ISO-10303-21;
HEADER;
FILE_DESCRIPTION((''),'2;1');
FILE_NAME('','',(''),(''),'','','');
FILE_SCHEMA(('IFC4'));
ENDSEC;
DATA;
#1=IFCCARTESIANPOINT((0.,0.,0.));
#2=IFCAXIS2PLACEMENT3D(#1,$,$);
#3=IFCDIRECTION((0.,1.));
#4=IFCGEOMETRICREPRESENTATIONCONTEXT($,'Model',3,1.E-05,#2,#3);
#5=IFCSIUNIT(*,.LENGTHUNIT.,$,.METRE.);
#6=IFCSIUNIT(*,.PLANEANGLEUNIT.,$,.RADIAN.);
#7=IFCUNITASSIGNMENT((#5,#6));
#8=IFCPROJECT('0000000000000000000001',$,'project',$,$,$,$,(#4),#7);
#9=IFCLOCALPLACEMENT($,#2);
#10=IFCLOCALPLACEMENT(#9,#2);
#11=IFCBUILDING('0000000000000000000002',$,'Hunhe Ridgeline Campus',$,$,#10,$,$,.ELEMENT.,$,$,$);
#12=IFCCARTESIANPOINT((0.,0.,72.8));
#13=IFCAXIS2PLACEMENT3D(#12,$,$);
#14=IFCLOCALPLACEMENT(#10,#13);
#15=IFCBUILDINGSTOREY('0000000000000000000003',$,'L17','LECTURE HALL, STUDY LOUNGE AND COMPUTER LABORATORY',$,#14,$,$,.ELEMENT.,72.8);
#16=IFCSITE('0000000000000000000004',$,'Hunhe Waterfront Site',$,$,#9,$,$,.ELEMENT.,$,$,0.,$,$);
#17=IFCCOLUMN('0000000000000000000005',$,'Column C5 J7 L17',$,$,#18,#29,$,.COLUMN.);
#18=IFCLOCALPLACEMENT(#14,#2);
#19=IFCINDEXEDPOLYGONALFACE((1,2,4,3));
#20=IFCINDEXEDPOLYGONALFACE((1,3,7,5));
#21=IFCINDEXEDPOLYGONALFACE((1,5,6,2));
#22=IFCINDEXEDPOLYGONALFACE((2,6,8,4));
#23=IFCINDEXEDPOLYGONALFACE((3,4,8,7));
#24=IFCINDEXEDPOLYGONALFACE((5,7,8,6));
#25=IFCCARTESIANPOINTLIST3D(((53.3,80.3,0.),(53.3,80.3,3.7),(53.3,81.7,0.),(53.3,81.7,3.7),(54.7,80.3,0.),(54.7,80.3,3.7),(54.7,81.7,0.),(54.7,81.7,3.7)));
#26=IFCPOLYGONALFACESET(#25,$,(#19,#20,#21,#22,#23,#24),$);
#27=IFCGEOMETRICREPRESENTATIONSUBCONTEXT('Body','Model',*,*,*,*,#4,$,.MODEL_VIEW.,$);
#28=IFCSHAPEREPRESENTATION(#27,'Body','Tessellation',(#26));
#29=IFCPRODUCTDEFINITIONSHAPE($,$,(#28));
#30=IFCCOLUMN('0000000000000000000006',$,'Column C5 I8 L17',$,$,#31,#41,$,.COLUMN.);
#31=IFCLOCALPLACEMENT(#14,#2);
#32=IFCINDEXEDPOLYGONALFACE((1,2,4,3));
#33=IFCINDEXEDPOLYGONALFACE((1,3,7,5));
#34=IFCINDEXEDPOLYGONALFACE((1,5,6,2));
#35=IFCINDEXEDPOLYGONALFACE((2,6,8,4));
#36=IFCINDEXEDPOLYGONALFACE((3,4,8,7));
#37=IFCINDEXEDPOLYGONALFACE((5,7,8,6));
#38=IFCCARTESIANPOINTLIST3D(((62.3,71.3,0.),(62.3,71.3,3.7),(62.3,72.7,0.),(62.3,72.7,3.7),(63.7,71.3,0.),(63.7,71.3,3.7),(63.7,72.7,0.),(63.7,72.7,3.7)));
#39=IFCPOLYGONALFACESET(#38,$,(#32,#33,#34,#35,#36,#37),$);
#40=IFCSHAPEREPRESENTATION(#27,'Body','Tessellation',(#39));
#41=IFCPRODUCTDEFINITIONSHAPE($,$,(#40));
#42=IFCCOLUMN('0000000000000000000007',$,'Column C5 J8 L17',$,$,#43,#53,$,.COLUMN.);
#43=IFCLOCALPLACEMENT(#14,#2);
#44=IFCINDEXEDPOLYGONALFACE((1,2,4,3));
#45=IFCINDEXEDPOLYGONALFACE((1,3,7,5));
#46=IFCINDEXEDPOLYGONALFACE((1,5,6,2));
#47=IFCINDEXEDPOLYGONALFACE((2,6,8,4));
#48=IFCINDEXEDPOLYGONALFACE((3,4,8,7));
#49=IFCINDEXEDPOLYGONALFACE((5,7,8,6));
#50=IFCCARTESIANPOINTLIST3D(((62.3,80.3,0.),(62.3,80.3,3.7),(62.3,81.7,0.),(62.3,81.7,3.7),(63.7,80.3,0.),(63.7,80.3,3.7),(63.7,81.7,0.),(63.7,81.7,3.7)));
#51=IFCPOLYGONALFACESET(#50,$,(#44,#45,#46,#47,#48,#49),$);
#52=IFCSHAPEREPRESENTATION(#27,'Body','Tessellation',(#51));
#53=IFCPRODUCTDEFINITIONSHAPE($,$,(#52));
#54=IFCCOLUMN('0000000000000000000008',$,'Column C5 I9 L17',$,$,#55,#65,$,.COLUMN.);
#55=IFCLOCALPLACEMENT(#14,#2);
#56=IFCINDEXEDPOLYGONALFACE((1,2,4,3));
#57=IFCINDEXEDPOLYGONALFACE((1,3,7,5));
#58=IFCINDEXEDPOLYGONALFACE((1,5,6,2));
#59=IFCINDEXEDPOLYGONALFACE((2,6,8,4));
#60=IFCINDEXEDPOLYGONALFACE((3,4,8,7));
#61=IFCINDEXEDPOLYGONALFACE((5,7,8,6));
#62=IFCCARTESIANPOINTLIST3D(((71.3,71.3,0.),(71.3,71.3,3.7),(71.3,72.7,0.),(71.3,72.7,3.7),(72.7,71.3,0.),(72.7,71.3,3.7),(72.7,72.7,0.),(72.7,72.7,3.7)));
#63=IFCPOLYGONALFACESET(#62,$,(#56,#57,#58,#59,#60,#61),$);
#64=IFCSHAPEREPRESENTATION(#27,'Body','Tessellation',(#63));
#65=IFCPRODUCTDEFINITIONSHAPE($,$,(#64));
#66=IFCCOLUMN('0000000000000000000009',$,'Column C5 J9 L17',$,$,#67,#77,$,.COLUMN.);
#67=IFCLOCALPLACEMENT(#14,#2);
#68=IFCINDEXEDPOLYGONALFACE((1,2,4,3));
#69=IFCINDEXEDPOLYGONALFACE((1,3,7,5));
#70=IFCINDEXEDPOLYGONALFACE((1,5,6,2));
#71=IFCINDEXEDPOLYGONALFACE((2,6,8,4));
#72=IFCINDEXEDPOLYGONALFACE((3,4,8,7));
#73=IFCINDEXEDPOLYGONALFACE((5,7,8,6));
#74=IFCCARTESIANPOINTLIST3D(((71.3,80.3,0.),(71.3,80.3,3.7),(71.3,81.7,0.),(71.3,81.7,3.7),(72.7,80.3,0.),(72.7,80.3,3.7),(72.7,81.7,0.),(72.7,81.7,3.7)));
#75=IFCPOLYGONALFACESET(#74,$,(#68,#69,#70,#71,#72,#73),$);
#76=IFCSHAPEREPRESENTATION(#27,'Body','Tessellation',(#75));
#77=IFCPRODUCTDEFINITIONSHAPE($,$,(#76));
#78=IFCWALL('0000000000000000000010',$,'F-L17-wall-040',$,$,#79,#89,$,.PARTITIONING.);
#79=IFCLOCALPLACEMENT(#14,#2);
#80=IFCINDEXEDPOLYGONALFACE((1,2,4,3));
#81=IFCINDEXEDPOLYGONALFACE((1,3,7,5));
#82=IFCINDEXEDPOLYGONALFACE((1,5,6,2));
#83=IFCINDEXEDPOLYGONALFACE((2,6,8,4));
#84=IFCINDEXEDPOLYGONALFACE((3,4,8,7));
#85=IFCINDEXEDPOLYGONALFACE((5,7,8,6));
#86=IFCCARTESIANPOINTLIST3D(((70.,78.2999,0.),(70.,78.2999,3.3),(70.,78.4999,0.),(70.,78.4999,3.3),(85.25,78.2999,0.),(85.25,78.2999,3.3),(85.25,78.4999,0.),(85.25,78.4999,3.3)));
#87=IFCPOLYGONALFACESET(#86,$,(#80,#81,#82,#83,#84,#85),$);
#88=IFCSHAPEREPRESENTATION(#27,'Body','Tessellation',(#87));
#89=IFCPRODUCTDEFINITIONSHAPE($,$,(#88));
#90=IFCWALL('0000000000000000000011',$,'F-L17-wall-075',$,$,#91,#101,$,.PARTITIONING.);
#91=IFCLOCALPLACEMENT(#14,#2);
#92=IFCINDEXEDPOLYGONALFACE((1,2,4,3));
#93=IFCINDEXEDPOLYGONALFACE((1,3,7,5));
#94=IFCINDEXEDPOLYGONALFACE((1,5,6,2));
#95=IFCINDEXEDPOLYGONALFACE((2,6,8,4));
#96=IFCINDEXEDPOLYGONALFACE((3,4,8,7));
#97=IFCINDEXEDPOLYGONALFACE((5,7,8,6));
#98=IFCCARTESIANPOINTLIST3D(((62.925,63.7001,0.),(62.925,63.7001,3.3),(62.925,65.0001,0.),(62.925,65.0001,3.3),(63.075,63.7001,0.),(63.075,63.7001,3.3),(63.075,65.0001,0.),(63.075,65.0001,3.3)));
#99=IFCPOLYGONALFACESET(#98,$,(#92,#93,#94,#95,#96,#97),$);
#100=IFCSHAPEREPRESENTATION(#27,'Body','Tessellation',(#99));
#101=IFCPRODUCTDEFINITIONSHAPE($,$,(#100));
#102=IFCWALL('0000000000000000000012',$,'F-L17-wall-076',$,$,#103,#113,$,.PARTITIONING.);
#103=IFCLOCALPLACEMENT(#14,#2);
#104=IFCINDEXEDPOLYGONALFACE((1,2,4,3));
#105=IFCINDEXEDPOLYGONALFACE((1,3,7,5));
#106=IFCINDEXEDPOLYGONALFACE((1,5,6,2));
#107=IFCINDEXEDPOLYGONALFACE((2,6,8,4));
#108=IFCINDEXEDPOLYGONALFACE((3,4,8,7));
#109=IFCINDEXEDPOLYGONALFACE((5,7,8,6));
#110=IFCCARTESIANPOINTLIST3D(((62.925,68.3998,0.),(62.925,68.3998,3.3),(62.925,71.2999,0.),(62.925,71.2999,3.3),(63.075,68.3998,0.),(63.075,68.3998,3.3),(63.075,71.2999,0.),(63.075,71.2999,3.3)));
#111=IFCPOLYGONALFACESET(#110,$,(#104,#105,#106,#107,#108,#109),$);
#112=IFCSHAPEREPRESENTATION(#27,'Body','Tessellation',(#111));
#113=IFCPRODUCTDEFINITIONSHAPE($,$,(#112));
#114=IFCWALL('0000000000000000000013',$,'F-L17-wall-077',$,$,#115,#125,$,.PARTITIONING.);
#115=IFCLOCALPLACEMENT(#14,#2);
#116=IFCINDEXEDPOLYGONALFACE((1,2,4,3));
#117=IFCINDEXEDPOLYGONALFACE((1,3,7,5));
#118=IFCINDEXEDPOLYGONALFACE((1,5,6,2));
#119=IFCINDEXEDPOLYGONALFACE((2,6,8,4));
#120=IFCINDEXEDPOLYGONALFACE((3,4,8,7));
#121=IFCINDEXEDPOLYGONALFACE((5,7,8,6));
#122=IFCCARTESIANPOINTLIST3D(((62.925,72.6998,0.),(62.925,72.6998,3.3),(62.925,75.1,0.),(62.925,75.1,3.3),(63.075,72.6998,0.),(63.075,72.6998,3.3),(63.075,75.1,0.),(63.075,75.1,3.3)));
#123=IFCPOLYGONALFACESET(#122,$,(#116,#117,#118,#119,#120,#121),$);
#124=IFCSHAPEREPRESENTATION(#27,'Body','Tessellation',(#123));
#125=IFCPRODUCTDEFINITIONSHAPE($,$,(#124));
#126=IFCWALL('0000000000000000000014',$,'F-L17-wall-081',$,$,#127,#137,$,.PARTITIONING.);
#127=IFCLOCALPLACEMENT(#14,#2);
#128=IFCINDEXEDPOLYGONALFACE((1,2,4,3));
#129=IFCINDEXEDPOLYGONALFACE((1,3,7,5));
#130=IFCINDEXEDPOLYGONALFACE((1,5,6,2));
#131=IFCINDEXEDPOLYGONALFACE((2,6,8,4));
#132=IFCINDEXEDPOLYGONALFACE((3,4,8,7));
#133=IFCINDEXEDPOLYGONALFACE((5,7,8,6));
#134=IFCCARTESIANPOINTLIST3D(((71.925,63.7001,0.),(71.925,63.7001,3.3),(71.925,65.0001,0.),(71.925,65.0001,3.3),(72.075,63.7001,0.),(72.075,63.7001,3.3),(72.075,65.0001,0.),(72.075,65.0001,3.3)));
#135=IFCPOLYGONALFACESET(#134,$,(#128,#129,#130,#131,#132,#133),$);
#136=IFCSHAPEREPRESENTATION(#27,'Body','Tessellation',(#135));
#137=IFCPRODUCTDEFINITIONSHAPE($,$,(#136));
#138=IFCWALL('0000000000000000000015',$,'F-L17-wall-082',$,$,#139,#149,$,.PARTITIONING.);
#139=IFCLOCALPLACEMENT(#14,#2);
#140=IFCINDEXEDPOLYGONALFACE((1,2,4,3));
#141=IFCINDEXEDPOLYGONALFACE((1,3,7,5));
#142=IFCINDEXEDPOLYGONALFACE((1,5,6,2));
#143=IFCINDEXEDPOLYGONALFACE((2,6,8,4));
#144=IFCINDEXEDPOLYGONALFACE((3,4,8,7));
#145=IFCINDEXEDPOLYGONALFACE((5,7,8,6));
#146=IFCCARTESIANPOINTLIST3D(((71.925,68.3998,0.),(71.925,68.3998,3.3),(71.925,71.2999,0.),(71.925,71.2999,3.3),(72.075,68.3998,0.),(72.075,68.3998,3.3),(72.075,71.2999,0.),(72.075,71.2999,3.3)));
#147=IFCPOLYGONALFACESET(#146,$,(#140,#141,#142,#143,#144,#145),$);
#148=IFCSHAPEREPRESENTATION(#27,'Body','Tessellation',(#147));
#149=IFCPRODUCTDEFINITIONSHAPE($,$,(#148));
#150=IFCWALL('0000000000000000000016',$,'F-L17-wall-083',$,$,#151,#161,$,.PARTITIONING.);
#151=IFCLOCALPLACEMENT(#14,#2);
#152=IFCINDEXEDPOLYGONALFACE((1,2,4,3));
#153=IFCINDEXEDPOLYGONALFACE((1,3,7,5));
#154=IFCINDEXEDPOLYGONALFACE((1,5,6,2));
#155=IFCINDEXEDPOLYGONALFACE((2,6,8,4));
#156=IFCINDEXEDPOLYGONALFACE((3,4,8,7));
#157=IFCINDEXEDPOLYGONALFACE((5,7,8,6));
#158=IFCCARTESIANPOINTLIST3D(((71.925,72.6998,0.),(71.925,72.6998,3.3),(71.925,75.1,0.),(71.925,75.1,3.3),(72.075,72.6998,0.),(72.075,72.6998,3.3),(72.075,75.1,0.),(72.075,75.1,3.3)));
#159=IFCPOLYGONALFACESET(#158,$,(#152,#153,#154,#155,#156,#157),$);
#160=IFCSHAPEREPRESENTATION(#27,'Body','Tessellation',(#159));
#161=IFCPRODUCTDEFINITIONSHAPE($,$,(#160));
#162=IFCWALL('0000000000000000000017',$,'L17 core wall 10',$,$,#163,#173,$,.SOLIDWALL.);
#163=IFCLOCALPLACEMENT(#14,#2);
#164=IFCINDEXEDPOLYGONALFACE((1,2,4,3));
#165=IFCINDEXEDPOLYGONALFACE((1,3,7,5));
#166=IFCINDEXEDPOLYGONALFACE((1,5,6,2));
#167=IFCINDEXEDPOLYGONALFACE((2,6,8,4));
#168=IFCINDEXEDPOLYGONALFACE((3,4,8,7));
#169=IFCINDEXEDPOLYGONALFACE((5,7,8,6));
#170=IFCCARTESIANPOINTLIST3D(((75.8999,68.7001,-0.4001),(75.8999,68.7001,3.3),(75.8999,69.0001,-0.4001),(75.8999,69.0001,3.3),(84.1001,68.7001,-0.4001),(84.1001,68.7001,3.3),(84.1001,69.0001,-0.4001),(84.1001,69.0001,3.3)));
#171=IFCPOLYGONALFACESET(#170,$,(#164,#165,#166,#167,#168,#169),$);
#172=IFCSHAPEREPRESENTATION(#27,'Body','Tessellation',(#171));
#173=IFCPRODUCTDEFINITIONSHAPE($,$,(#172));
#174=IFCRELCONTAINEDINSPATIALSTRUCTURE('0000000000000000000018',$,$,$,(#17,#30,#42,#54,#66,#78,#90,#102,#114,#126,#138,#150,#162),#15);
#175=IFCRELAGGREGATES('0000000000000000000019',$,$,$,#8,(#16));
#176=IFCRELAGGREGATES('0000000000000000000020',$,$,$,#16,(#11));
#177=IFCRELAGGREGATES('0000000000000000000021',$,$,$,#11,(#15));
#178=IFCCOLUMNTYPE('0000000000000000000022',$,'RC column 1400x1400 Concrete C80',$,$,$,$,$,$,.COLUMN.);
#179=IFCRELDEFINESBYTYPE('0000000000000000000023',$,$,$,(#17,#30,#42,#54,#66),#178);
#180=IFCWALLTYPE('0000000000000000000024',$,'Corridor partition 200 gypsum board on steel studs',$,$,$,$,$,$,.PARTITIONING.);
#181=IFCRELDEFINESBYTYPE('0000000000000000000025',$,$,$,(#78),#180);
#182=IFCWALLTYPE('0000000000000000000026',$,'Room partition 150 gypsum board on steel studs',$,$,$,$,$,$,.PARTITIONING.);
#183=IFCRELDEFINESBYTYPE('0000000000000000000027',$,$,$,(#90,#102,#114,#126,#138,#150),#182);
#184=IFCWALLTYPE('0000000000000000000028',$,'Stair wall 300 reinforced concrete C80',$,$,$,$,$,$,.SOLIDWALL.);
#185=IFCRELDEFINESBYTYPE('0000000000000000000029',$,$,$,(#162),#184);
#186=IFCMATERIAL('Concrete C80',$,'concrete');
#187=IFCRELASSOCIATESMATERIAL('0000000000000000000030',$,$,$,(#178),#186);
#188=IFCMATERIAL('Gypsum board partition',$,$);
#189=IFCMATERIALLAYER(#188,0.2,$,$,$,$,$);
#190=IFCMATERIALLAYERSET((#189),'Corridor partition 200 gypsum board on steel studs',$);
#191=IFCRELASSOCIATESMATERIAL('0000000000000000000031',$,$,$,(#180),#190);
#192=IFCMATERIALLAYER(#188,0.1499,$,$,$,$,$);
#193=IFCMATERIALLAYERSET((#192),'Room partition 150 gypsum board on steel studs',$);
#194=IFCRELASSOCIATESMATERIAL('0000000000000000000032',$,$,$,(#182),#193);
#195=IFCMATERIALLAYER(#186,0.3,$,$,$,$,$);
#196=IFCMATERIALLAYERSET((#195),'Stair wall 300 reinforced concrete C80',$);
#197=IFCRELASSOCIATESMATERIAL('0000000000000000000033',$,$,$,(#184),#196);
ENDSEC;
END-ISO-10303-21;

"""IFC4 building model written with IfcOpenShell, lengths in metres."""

from ifc_helpers import new_model, si_unit, direction, frame, frame_2d, origin, origin_2d, place, context, subcontext, project, spatial, rectangle, extrude, material, layer, layer_set, material_profile, profile_set, type_object, element, save


model = new_model("IFC4")

# Units and contexts
model_context = context("Model", 3, precision=1e-05, world=origin(), true_north=direction((0.0, 1.0)))
body_context = subcontext(model_context, "Body", "Model", "MODEL_VIEW")
ifc_project = project(units=[si_unit("LENGTHUNIT", "METRE"), si_unit("PLANEANGLEUNIT", "RADIAN")], contexts=[model_context])

# Site, building, storey
site_placement = place(None, origin())
site = spatial("IfcSite", under=ifc_project, at=site_placement, Name="Hunhe Waterfront Site", CompositionType="ELEMENT", RefElevation=0.0)
building_placement = place(site_placement, origin())
building = spatial("IfcBuilding", under=site, at=building_placement, Name="Hunhe Ridgeline Campus", CompositionType="ELEMENT")
storey_placement = place(building_placement, frame((0.0, 0.0, 72.8)))
storey = spatial("IfcBuildingStorey", under=building, at=storey_placement, Name="L17", Description="LECTURE HALL, STUDY LOUNGE AND COMPUTER LABORATORY", CompositionType="ELEMENT", Elevation=72.8)

# Columns
ifc_material_1 = material(Name="Concrete C80", Category="concrete")
ifc_material_profile = material_profile(ifc_material_1, rectangle(XDim=1.3999, YDim=1.3999, at=origin_2d()))
ifc_profile_set = profile_set([ifc_material_profile], Name="Concrete C80")
column_type = type_object("IfcColumnType", Name="RC column 1400x1400 Concrete C80", PredefinedType="COLUMN", material=ifc_profile_set)
for number, where, z_axis, x_axis, name in (
    (1, (54.0, 81.0, 0.0), (0.0, 0.0, 1.0), (1.0, 0.0, 0.0), "Column C5 J7 L17"),
    (2, (63.0, 72.0, 0.0), (0.0, 0.0, 1.0), (1.0, 0.0, 0.0), "Column C5 I8 L17"),
    (3, (63.0, 81.0, 0.0), (0.0, 0.0, 1.0), (1.0, 0.0, 0.0), "Column C5 J8 L17"),
    (4, (72.0, 72.0, 0.0), (0.0, 0.0, 1.0), (1.0, 0.0, 0.0), "Column C5 I9 L17"),
    (5, (72.0, 81.0, 0.0), (0.0, 0.0, 1.0), (1.0, 0.0, 0.0), "Column C5 J9 L17"),
):
    element("IfcColumn", number, at=place(storey_placement, frame(where, z_axis=z_axis, x_axis=x_axis)), inside=storey, type_object=column_type, Name=name, PredefinedType="COLUMN", context=body_context, shape_type="SweptSolid", body=[
        extrude(rectangle(XDim=1.3999, YDim=1.3999, at=origin_2d()), origin(), (0.0, 0.0, 1.0), 3.7),
    ])

# Shared definitions
ifc_material_2 = material(Name="Gypsum board partition")
ifc_layer_1 = layer(ifc_material_2, 0.2)
ifc_layer_set_1 = layer_set([ifc_layer_1], Name="Corridor partition 200 gypsum board on steel studs")
wall_type_1 = type_object("IfcWallType", Name="Corridor partition 200 gypsum board on steel studs", PredefinedType="PARTITIONING", material=ifc_layer_set_1)

# Wall
wall_1_placement = place(storey_placement, frame((70.0, 78.3999, 0.0), z_axis=(0.0, 0.0, 1.0), x_axis=(1.0, 0.0, 0.0)))
element("IfcWall", 6, at=wall_1_placement, inside=storey, type_object=wall_type_1, Name="F-L17-wall-040", PredefinedType="PARTITIONING", context=body_context, shape_type="SweptSolid", body=[
    extrude(rectangle(XDim=15.25, YDim=0.2, at=frame_2d((7.625, 0.0))), origin(), (0.0, 0.0, 1.0), 3.3),
])

# Walls
ifc_layer_2 = layer(ifc_material_2, 0.1499)
ifc_layer_set_2 = layer_set([ifc_layer_2], Name="Room partition 150 gypsum board on steel studs")
wall_type_2 = type_object("IfcWallType", Name="Room partition 150 gypsum board on steel studs", PredefinedType="PARTITIONING", material=ifc_layer_set_2)
wall_2_placement = place(storey_placement, frame((63.0, 65.0, 0.0), z_axis=(0.0, 0.0, 1.0), x_axis=(0.0, -1.0, 0.0)))
element("IfcWall", 7, at=wall_2_placement, inside=storey, type_object=wall_type_2, Name="F-L17-wall-075", PredefinedType="PARTITIONING", context=body_context, shape_type="SweptSolid", body=[
    extrude(rectangle(XDim=1.3, YDim=0.1499, at=frame_2d((0.6499, 0.0))), origin(), (0.0, 0.0, 1.0), 3.3),
])
wall_3_placement = place(storey_placement, frame((63.0, 71.3, 0.0), z_axis=(0.0, 0.0, 1.0), x_axis=(0.0, -1.0, 0.0)))
element("IfcWall", 8, at=wall_3_placement, inside=storey, type_object=wall_type_2, Name="F-L17-wall-076", PredefinedType="PARTITIONING", context=body_context, shape_type="SweptSolid", body=[
    extrude(rectangle(XDim=2.9001, YDim=0.1499, at=frame_2d((1.4502, 0.0))), origin(), (0.0, 0.0, 1.0), 3.3),
])
wall_4_placement = place(storey_placement, frame((63.0, 75.1001, 0.0), z_axis=(0.0, 0.0, 1.0), x_axis=(0.0, -1.0, 0.0)))
element("IfcWall", 9, at=wall_4_placement, inside=storey, type_object=wall_type_2, Name="F-L17-wall-077", PredefinedType="PARTITIONING", context=body_context, shape_type="SweptSolid", body=[
    extrude(rectangle(XDim=2.4001, YDim=0.1499, at=frame_2d((1.2002, 0.0))), origin(), (0.0, 0.0, 1.0), 3.3),
])
wall_5_placement = place(storey_placement, frame((72.0, 65.0, 0.0), z_axis=(0.0, 0.0, 1.0), x_axis=(0.0, -1.0, 0.0)))
element("IfcWall", 10, at=wall_5_placement, inside=storey, type_object=wall_type_2, Name="F-L17-wall-081", PredefinedType="PARTITIONING", context=body_context, shape_type="SweptSolid", body=[
    extrude(rectangle(XDim=1.3, YDim=0.1499, at=frame_2d((0.6499, 0.0))), origin(), (0.0, 0.0, 1.0), 3.3),
])
wall_6_placement = place(storey_placement, frame((72.0, 71.3, 0.0), z_axis=(0.0, 0.0, 1.0), x_axis=(0.0, -1.0, 0.0)))
element("IfcWall", 11, at=wall_6_placement, inside=storey, type_object=wall_type_2, Name="F-L17-wall-082", PredefinedType="PARTITIONING", context=body_context, shape_type="SweptSolid", body=[
    extrude(rectangle(XDim=2.9001, YDim=0.1499, at=frame_2d((1.4502, 0.0))), origin(), (0.0, 0.0, 1.0), 3.3),
])
wall_7_placement = place(storey_placement, frame((72.0, 75.1001, 0.0), z_axis=(0.0, 0.0, 1.0), x_axis=(0.0, -1.0, 0.0)))
element("IfcWall", 12, at=wall_7_placement, inside=storey, type_object=wall_type_2, Name="F-L17-wall-083", PredefinedType="PARTITIONING", context=body_context, shape_type="SweptSolid", body=[
    extrude(rectangle(XDim=2.4001, YDim=0.1499, at=frame_2d((1.2002, 0.0))), origin(), (0.0, 0.0, 1.0), 3.3),
])
ifc_layer_3 = layer(ifc_material_1, 0.3)
ifc_layer_set_3 = layer_set([ifc_layer_3], Name="Stair wall 300 reinforced concrete C80")
wall_type_3 = type_object("IfcWallType", Name="Stair wall 300 reinforced concrete C80", PredefinedType="SOLIDWALL", material=ifc_layer_set_3)
wall_8_placement = place(storey_placement, frame((75.8999, 68.8501, -0.4001), z_axis=(0.0, 0.0, 1.0), x_axis=(1.0, 0.0, 0.0)))
element("IfcWall", 13, at=wall_8_placement, inside=storey, type_object=wall_type_3, Name="L17 core wall 10", PredefinedType="SOLIDWALL", context=body_context, shape_type="SweptSolid", body=[
    extrude(rectangle(XDim=8.2002, YDim=0.3, at=frame_2d((4.1001, 0.0))), origin(), (0.0, 0.0, 1.0), 3.7002),
])

save(model, "model.ifc")
